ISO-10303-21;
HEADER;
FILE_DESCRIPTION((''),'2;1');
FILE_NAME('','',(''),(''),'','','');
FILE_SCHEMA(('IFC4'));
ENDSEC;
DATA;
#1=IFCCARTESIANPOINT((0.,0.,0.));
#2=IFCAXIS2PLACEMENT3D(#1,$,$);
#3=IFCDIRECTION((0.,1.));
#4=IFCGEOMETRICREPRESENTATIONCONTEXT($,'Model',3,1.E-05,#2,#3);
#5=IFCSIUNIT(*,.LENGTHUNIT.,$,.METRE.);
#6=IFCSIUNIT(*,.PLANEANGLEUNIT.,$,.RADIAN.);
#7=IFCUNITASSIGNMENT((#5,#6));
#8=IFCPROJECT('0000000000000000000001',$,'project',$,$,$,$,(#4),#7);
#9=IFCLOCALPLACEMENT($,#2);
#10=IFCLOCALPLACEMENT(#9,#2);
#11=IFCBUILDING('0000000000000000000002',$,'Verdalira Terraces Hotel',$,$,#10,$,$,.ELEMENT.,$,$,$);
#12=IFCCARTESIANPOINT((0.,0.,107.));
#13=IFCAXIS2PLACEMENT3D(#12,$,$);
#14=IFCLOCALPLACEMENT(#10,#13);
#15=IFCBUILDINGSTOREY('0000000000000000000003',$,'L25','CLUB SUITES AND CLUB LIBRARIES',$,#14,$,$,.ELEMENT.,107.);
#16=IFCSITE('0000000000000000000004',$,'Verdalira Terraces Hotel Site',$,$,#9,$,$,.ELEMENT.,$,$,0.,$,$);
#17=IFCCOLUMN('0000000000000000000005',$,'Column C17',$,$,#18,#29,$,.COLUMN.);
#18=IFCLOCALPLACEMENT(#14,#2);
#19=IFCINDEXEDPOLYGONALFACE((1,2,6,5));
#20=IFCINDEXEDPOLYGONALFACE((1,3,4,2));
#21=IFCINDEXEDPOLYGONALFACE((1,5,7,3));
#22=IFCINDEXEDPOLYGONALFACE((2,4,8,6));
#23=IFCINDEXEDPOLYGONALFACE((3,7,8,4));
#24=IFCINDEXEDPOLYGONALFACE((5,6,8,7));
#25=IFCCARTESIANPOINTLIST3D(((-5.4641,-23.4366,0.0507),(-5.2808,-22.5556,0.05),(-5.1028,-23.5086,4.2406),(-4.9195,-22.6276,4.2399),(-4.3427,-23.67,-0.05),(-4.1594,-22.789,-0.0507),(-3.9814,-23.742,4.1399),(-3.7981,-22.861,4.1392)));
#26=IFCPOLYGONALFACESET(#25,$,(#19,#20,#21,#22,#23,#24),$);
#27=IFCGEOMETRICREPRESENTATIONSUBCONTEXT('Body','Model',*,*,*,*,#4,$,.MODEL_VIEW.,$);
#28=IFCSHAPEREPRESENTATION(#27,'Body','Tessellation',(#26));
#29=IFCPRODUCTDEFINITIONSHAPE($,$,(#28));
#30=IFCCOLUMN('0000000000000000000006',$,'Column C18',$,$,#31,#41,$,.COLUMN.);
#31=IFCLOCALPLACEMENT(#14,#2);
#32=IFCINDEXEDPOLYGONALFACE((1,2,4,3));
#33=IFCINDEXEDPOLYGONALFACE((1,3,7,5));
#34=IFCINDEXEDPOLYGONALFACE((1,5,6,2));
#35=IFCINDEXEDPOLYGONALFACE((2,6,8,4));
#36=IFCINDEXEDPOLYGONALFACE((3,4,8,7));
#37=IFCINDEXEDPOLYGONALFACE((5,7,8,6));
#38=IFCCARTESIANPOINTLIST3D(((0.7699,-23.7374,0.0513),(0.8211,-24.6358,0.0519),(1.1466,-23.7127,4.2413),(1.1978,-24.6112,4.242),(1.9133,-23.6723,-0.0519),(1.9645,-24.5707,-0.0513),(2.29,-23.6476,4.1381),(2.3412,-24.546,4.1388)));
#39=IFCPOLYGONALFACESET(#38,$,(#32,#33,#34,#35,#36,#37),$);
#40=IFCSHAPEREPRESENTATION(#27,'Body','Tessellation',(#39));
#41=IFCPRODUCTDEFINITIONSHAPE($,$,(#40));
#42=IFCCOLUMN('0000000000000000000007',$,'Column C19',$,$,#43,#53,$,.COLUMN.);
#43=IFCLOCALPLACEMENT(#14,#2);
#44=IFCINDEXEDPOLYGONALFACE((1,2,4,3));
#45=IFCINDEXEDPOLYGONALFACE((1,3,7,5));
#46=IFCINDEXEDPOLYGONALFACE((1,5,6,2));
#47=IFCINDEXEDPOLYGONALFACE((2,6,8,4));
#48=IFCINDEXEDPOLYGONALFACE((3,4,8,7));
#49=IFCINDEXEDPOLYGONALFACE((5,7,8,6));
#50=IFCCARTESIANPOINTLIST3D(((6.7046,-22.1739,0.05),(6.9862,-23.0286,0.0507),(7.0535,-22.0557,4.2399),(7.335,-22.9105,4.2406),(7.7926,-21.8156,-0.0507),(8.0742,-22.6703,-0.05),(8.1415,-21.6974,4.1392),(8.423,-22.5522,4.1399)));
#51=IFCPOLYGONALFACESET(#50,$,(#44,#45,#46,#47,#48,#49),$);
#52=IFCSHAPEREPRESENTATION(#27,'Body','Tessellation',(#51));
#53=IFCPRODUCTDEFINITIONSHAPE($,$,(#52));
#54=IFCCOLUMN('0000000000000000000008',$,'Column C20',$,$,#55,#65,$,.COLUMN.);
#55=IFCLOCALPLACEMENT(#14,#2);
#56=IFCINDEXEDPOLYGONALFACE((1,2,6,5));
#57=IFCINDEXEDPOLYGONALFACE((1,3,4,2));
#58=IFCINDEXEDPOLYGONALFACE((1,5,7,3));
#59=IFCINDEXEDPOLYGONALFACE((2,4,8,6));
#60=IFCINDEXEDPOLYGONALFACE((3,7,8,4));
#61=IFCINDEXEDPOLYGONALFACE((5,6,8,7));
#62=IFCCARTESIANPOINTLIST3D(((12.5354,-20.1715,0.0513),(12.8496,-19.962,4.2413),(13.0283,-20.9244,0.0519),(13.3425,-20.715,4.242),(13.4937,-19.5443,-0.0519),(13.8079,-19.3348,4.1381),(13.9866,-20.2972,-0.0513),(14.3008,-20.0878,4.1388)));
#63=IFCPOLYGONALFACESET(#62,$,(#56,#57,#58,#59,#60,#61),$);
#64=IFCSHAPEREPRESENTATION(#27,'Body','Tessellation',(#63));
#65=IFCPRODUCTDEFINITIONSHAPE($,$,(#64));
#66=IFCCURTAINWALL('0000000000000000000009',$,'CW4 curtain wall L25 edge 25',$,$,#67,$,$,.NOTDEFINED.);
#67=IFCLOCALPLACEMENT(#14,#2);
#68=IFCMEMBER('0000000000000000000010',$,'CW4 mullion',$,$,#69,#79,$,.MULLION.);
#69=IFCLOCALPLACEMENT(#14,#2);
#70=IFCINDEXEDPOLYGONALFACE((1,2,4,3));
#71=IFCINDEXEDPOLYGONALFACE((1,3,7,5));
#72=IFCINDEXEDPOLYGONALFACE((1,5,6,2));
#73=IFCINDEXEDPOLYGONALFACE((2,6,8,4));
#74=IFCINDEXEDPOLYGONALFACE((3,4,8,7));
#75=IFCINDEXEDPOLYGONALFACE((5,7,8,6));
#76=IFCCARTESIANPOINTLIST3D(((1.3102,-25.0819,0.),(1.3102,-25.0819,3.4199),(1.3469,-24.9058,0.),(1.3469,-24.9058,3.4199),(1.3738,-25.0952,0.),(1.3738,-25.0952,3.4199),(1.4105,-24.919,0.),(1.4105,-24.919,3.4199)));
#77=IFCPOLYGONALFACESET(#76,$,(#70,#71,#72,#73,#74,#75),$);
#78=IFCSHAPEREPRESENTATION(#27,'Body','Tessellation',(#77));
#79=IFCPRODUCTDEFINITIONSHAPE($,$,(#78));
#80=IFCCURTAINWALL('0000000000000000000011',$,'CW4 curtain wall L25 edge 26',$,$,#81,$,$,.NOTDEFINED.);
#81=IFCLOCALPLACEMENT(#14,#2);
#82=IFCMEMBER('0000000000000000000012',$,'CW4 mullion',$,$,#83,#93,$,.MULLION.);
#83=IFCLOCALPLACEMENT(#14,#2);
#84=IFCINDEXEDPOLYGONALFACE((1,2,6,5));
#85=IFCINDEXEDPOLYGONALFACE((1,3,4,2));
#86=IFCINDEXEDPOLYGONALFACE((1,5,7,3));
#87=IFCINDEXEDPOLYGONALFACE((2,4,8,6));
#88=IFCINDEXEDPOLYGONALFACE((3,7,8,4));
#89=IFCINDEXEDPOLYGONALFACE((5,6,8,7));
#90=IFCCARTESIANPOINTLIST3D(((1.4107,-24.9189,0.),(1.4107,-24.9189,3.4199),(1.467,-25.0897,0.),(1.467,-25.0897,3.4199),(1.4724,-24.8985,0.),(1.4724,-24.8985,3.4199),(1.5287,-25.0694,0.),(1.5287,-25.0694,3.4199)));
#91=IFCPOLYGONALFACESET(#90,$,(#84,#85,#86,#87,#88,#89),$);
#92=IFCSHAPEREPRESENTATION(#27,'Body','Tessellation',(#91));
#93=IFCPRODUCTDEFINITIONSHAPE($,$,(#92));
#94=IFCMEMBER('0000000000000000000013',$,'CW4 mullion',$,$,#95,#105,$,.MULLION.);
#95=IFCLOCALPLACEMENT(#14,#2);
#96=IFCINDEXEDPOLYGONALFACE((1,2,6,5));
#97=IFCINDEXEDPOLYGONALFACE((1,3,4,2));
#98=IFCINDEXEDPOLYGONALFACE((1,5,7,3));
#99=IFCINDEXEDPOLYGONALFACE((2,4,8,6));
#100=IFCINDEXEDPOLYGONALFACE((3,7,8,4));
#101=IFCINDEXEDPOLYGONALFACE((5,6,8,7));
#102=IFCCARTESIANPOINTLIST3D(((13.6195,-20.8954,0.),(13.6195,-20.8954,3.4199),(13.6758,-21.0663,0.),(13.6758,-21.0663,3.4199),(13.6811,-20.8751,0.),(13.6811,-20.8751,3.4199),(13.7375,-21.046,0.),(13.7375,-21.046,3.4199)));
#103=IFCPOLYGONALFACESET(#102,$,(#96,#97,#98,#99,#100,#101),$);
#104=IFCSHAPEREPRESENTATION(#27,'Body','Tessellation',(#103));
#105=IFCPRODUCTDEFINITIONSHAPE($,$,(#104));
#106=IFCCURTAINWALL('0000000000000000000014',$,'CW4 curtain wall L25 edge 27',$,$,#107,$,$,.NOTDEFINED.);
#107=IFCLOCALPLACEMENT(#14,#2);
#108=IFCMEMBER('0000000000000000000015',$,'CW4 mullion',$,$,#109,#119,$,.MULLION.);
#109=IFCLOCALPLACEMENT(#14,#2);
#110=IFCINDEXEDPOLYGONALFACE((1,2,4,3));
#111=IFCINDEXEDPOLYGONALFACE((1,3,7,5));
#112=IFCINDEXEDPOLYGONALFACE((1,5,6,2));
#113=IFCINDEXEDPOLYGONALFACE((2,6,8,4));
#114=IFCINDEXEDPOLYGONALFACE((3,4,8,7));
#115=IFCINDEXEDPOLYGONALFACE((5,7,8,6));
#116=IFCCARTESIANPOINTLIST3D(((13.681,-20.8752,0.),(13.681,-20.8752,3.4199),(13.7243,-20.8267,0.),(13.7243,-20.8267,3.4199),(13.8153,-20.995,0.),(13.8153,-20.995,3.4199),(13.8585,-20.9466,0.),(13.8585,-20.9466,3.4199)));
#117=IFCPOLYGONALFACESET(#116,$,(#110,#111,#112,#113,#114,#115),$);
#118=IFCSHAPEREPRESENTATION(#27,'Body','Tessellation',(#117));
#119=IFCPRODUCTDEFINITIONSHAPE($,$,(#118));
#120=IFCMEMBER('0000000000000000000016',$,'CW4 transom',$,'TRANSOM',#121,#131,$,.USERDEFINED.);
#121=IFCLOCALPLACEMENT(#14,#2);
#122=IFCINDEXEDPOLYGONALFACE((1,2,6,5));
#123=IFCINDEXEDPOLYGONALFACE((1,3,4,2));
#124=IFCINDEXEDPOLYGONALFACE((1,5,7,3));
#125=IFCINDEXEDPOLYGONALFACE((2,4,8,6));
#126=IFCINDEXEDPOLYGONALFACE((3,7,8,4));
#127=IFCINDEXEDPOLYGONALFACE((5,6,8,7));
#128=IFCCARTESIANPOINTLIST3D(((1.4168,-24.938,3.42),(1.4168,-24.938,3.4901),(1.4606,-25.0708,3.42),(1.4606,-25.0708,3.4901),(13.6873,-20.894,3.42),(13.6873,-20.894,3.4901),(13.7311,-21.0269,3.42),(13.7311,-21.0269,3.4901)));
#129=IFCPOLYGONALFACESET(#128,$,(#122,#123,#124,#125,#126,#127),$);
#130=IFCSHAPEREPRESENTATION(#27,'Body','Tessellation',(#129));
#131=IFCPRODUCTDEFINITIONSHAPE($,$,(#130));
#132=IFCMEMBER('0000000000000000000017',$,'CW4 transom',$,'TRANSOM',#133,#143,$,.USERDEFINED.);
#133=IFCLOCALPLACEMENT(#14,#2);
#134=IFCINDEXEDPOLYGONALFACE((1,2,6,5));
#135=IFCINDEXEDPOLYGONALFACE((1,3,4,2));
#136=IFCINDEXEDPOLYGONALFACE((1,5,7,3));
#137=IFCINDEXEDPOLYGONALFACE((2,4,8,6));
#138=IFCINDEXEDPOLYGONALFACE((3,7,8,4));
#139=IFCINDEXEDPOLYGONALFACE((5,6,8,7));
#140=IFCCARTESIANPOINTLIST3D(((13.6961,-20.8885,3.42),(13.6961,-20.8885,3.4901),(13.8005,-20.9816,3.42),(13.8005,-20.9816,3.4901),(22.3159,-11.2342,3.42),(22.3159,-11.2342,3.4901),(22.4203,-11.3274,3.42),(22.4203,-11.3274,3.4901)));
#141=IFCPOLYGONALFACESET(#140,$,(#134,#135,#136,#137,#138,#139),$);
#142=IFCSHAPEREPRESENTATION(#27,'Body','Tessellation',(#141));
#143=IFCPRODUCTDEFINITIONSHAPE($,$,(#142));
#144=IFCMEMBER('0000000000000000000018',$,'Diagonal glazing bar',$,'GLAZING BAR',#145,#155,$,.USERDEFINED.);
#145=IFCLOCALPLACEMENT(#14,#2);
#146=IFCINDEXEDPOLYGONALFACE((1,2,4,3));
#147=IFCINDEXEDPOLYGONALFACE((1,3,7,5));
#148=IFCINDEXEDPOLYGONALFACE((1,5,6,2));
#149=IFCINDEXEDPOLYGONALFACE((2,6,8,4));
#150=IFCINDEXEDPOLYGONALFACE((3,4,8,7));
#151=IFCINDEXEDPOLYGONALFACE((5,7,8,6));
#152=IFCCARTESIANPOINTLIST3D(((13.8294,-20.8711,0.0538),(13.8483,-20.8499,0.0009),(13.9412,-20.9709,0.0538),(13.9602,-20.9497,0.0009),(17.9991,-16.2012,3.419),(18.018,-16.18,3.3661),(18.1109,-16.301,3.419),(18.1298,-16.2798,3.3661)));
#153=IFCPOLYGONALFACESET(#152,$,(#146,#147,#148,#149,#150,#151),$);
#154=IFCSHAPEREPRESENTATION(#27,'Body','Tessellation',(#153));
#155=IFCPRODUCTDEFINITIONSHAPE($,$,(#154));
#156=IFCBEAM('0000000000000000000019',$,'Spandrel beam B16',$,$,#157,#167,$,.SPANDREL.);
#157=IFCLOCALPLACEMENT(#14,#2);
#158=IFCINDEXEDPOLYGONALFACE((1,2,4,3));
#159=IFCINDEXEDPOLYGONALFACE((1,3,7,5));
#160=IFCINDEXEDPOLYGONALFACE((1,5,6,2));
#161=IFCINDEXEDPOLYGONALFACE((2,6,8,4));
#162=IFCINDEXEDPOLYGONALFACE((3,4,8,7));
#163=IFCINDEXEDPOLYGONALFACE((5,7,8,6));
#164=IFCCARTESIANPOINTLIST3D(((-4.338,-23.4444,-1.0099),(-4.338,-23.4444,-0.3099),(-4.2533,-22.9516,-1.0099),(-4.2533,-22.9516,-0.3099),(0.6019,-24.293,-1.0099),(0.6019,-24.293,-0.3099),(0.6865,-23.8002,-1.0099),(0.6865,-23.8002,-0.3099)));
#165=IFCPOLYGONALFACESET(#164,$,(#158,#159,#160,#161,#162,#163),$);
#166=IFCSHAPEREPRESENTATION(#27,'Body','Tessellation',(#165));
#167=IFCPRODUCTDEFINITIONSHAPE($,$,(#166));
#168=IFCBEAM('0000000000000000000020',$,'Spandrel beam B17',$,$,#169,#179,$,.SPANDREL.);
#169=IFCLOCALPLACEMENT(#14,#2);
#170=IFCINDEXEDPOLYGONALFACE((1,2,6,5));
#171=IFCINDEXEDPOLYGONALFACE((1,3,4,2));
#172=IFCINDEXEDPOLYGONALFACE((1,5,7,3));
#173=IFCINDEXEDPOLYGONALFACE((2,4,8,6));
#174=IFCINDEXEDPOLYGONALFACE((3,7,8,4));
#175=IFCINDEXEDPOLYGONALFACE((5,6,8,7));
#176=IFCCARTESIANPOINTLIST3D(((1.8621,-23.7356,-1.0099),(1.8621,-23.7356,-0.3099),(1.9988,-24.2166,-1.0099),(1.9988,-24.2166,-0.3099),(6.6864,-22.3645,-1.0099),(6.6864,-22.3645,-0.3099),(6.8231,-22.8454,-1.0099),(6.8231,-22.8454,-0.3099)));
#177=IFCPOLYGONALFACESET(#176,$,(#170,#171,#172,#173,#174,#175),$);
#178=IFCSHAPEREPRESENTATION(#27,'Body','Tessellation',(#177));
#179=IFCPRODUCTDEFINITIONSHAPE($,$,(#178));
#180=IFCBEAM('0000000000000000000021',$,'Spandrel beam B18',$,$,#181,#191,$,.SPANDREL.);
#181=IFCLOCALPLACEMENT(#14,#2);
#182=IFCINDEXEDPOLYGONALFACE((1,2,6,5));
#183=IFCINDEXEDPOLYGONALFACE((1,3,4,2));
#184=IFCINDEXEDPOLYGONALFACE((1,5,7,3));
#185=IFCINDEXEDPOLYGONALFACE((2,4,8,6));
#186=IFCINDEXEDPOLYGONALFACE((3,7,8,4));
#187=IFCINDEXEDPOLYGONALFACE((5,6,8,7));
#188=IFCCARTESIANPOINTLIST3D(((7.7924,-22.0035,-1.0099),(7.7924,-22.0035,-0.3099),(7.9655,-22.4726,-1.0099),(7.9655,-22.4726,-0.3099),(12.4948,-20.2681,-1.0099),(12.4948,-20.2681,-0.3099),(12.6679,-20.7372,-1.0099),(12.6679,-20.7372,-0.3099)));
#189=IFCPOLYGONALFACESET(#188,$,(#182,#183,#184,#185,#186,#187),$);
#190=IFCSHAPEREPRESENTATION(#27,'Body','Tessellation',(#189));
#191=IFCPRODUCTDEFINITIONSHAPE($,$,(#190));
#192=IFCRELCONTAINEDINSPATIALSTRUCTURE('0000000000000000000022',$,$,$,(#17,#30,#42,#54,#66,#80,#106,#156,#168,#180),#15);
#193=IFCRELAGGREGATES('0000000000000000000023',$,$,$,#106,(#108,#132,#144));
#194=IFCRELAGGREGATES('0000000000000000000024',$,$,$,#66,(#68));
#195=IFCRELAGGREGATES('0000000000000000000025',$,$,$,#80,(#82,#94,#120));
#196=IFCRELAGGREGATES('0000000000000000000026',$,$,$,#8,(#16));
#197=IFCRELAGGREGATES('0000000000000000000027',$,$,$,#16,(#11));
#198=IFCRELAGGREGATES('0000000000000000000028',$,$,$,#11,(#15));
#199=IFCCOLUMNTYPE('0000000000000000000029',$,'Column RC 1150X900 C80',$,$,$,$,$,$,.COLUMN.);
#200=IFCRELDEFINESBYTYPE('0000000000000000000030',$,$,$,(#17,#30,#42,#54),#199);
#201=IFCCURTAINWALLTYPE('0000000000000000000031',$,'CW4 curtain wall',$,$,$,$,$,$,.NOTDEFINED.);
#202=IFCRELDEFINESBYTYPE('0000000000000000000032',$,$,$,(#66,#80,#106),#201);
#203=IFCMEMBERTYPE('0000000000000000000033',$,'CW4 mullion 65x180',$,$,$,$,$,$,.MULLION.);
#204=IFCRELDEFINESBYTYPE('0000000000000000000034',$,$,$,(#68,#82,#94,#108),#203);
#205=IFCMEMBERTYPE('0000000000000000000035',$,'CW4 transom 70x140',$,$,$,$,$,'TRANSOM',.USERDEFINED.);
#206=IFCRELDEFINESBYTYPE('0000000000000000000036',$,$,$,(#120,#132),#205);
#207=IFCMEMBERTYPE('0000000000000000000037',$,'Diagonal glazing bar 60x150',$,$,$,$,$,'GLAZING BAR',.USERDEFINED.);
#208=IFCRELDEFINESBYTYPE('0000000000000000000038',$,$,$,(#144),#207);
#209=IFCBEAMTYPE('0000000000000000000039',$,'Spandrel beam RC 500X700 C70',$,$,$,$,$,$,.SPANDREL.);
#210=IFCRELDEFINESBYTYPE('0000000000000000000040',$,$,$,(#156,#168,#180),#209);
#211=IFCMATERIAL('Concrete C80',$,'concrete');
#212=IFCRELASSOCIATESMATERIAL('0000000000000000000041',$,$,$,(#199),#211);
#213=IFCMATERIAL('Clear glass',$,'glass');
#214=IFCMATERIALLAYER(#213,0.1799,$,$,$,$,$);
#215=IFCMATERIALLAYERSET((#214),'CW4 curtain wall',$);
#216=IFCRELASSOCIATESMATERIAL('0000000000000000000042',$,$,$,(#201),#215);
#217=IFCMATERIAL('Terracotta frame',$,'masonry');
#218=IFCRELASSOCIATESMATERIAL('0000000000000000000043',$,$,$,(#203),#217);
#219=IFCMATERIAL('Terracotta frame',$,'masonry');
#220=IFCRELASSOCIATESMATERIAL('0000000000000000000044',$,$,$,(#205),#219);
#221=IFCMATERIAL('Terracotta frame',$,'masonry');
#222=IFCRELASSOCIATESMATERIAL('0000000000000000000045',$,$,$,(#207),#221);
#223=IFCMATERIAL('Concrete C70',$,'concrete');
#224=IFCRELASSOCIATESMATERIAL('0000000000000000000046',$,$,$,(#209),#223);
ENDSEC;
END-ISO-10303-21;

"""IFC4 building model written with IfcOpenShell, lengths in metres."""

from ifc_helpers import new_model, si_unit, direction, frame, origin, origin_2d, place, context, subcontext, project, spatial, rectangle, extrude, material, layer, layer_set, material_profile, profile_set, type_object, element, aggregate, save


model = new_model("IFC4")

# Units and contexts
model_context = context("Model", 3, precision=1e-05, world=origin(), true_north=direction((0.0, 1.0)))
body_context = subcontext(model_context, "Body", "Model", "MODEL_VIEW")
ifc_project = project(units=[si_unit("LENGTHUNIT", "METRE"), si_unit("PLANEANGLEUNIT", "RADIAN")], contexts=[model_context])

# Site, building, storey
site_placement = place(None, origin())
site = spatial("IfcSite", under=ifc_project, at=site_placement, Name="Verdalira Terraces Hotel Site", CompositionType="ELEMENT", RefElevation=0.0)
building_placement = place(site_placement, origin())
building = spatial("IfcBuilding", under=site, at=building_placement, Name="Verdalira Terraces Hotel", CompositionType="ELEMENT")
storey_placement = place(building_placement, frame((0.0, 0.0, 107.0)))
storey = spatial("IfcBuildingStorey", under=building, at=storey_placement, Name="L25", Description="CLUB SUITES AND CLUB LIBRARIES", CompositionType="ELEMENT", Elevation=107.0)

# Columns
ifc_material_1 = material(Name="Concrete C80", Category="concrete")
ifc_material_profile_1 = material_profile(ifc_material_1, rectangle(XDim=1.1499, YDim=0.8999, at=origin_2d()), Name="RC 1150X900")
ifc_profile_set_1 = profile_set([ifc_material_profile_1], Name="Concrete C80")
column_type = type_object("IfcColumnType", Name="Column RC 1150X900 C80", PredefinedType="COLUMN", material=ifc_profile_set_1)
column_1_placement = place(storey_placement, frame((-4.8118, -23.1128, 0.0), z_axis=(0.085906, -0.017123, 0.996156), x_axis=(0.97526, -0.202969, -0.087592)))
element("IfcColumn", 1, at=column_1_placement, inside=storey, type_object=column_type, Name="Column C17", PredefinedType="COLUMN", context=body_context, shape_type="SweptSolid", body=[
    extrude(rectangle(XDim=1.1499, YDim=0.8999, at=origin_2d()), origin(), (0.0, 0.0, 1.0), 4.2061),
])
column_2_placement = place(storey_placement, frame((1.3672, -24.1541, 0.0), z_axis=(0.089545, 0.005861, 0.995966), x_axis=(-0.994353, -0.056659, 0.089734)))
element("IfcColumn", 2, at=column_2_placement, inside=storey, type_object=column_type, Name="Column C18", PredefinedType="COLUMN", context=body_context, shape_type="SweptSolid", body=[
    extrude(rectangle(XDim=1.1499, YDim=0.8999, at=origin_2d()), origin(), (0.0, 0.0, 1.0), 4.207),
])
column_3_placement = place(storey_placement, frame((7.3894, -22.4221, 0.0), z_axis=(0.082945, 0.028093, 0.996158), x_axis=(0.946174, 0.311588, -0.087571)))
element("IfcColumn", 3, at=column_3_placement, inside=storey, type_object=column_type, Name="Column C19", PredefinedType="COLUMN", context=body_context, shape_type="SweptSolid", body=[
    extrude(rectangle(XDim=1.1499, YDim=0.8999, at=origin_2d()), origin(), (0.0, 0.0, 1.0), 4.2061),
])
column_4_placement = place(storey_placement, frame((13.261, -20.2344, 0.0), z_axis=(0.074689, 0.049792, 0.995963), x_axis=(-0.833327, -0.545443, 0.089761)))
element("IfcColumn", 4, at=column_4_placement, inside=storey, type_object=column_type, Name="Column C20", PredefinedType="COLUMN", context=body_context, shape_type="SweptSolid", body=[
    extrude(rectangle(XDim=1.1499, YDim=0.8999, at=origin_2d()), origin(), (0.0, 0.0, 1.0), 4.207),
])

# Curtain wall, member
ifc_material_2 = material(Name="Clear glass", Category="glass")
ifc_layer_1 = layer(ifc_material_2, 0.1799)
ifc_layer_set_1 = layer_set([ifc_layer_1], Name="CW4 curtain wall")
curtain_wall_type = type_object("IfcCurtainWallType", Name="CW4 curtain wall", PredefinedType="NOTDEFINED", material=ifc_layer_set_1)
curtain_wall_1_placement = place(storey_placement, origin())
curtain_wall_1 = element("IfcCurtainWall", 5, at=curtain_wall_1_placement, inside=storey, type_object=curtain_wall_type, Name="CW4 curtain wall L25 edge 25", PredefinedType="NOTDEFINED")
ifc_material_3 = material(Name="Terracotta frame", Category="masonry")
ifc_material_profile_2 = material_profile(ifc_material_3, rectangle(XDim=0.0649, YDim=0.1799, at=origin_2d()), Name="MU 65x180")
ifc_profile_set_2 = profile_set([ifc_material_profile_2], Name="Terracotta frame")
member_type_1 = type_object("IfcMemberType", Name="CW4 mullion 65x180", PredefinedType="MULLION", material=ifc_profile_set_2)
member_1_placement = place(storey_placement, frame((1.3604, -25.0005, 0.0), z_axis=(0.0, 0.0, 1.0), x_axis=(0.97901, -0.203813, 0.0)))
member_1 = element("IfcMember", 6, at=member_1_placement, type_object=member_type_1, Name="CW4 mullion", PredefinedType="MULLION", context=body_context, shape_type="SweptSolid", body=[
    extrude(rectangle(XDim=0.0649, YDim=0.1799, at=origin_2d()), origin(), (0.0, 0.0, 1.0), 3.4199),
])

# Curtain wall, members
curtain_wall_2_placement = place(storey_placement, origin())
curtain_wall_2 = element("IfcCurtainWall", 7, at=curtain_wall_2_placement, inside=storey, type_object=curtain_wall_type, Name="CW4 curtain wall L25 edge 26", PredefinedType="NOTDEFINED")
member_2_placement = place(storey_placement, frame((1.4697, -24.9941, 0.0), z_axis=(0.0, 0.0, 1.0), x_axis=(0.949754, 0.312998, 0.0)))
member_2 = element("IfcMember", 8, at=member_2_placement, type_object=member_type_1, Name="CW4 mullion", PredefinedType="MULLION", context=body_context, shape_type="SweptSolid", body=[
    extrude(rectangle(XDim=0.0649, YDim=0.1799, at=origin_2d()), origin(), (0.0, 0.0, 1.0), 3.4199),
])
member_3_placement = place(storey_placement, frame((13.6785, -20.9707, 0.0), z_axis=(0.0, 0.0, 1.0), x_axis=(0.949754, 0.312998, 0.0)))
member_3 = element("IfcMember", 9, at=member_3_placement, type_object=member_type_1, Name="CW4 mullion", PredefinedType="MULLION", context=body_context, shape_type="SweptSolid", body=[
    extrude(rectangle(XDim=0.0649, YDim=0.1799, at=origin_2d()), origin(), (0.0, 0.0, 1.0), 3.4199),
])

# Curtain wall, member
curtain_wall_3_placement = place(storey_placement, origin())
curtain_wall_3 = element("IfcCurtainWall", 10, at=curtain_wall_3_placement, inside=storey, type_object=curtain_wall_type, Name="CW4 curtain wall L25 edge 27", PredefinedType="NOTDEFINED")
member_4_placement = place(storey_placement, frame((13.7698, -20.9109, 0.0), z_axis=(0.0, 0.0, 1.0), x_axis=(0.666012, 0.745941, 0.0)))
member_4 = element("IfcMember", 11, at=member_4_placement, type_object=member_type_1, Name="CW4 mullion", PredefinedType="MULLION", context=body_context, shape_type="SweptSolid", body=[
    extrude(rectangle(XDim=0.0649, YDim=0.1799, at=origin_2d()), origin(), (0.0, 0.0, 1.0), 3.4199),
])

# Members
ifc_material_4 = material(Name="Terracotta frame", Category="masonry")
ifc_material_profile_3 = material_profile(ifc_material_4, rectangle(XDim=0.1399, YDim=0.0701, at=origin_2d()), Name="TR 70x140")
ifc_profile_set_3 = profile_set([ifc_material_profile_3], Name="Terracotta frame")
member_type_2 = type_object("IfcMemberType", Name="CW4 transom 70x140", ElementType="TRANSOM", PredefinedType="USERDEFINED", material=ifc_profile_set_3)
member_5_placement = place(storey_placement, frame((1.4387, -25.0044, 3.4551), z_axis=(0.949751, 0.313006, 0.0), x_axis=(-0.313006, 0.949751, 0.0)))
member_5 = element("IfcMember", 12, at=member_5_placement, type_object=member_type_2, Name="CW4 transom", ObjectType="TRANSOM", PredefinedType="USERDEFINED", context=body_context, shape_type="SweptSolid", body=[
    extrude(rectangle(XDim=0.1399, YDim=0.0701, at=origin_2d()), origin(), (0.0, 0.0, 1.0), 12.9197),
])
member_6_placement = place(storey_placement, frame((13.7483, -20.9351, 3.4551), z_axis=(0.666014, 0.745939, 0.0), x_axis=(-0.745939, 0.666014, 0.0)))
member_6 = element("IfcMember", 13, at=member_6_placement, type_object=member_type_2, Name="CW4 transom", ObjectType="TRANSOM", PredefinedType="USERDEFINED", context=body_context, shape_type="SweptSolid", body=[
    extrude(rectangle(XDim=0.1399, YDim=0.0701, at=origin_2d()), origin(), (0.0, 0.0, 1.0), 12.9424),
])
ifc_material_5 = material(Name="Terracotta frame", Category="masonry")
ifc_material_profile_4 = material_profile(ifc_material_5, rectangle(XDim=0.1499, YDim=0.0601, at=origin_2d()), Name="GB 60x150")
ifc_profile_set_4 = profile_set([ifc_material_profile_4], Name="Terracotta frame")
member_type_3 = type_object("IfcMemberType", Name="Diagonal glazing bar 60x150", ElementType="GLAZING BAR", PredefinedType="USERDEFINED", material=ifc_profile_set_4)
member_7_placement = place(storey_placement, frame((13.8948, -20.9104, 0.0273), z_axis=(0.586644, 0.657024, 0.473464), x_axis=(-0.745929, 0.666025, 0.0)))
member_7 = element("IfcMember", 14, at=member_7_placement, type_object=member_type_3, Name="Diagonal glazing bar", ObjectType="GLAZING BAR", PredefinedType="USERDEFINED", context=body_context, shape_type="SweptSolid", body=[
    extrude(rectangle(XDim=0.1499, YDim=0.0601, at=origin_2d()), origin(), (0.0, 0.0, 1.0), 7.1077),
])
aggregate(curtain_wall_3, [member_4, member_6, member_7])

# Beams
ifc_material_6 = material(Name="Concrete C70", Category="concrete")
ifc_material_profile_5 = material_profile(ifc_material_6, rectangle(XDim=0.5, YDim=0.7, at=origin_2d()), Name="RC 500X700")
ifc_profile_set_5 = profile_set([ifc_material_profile_5], Name="Concrete C70")
beam_type = type_object("IfcBeamType", Name="Spandrel beam RC 500X700 C70", PredefinedType="SPANDREL", material=ifc_profile_set_5)
beam_1_placement = place(storey_placement, frame((-4.2957, -23.198, -0.6599), z_axis=(0.985563, -0.16931, 0.0), x_axis=(0.16931, 0.985563, 0.0)))
element("IfcBeam", 15, at=beam_1_placement, inside=storey, type_object=beam_type, Name="Spandrel beam B16", PredefinedType="SPANDREL", context=body_context, shape_type="SweptSolid", body=[
    extrude(rectangle(XDim=0.5, YDim=0.7, at=origin_2d()), origin(), (0.0, 0.0, 1.0), 5.0122),
])
beam_2_placement = place(storey_placement, frame((1.9304, -23.9761, -0.6599), z_axis=(0.961905, 0.273384, 0.0), x_axis=(-0.273384, 0.961905, 0.0)))
element("IfcBeam", 16, at=beam_2_placement, inside=storey, type_object=beam_type, Name="Spandrel beam B17", PredefinedType="SPANDREL", context=body_context, shape_type="SweptSolid", body=[
    extrude(rectangle(XDim=0.5, YDim=0.7, at=origin_2d()), origin(), (0.0, 0.0, 1.0), 5.0154),
])
beam_3_placement = place(storey_placement, frame((7.8789, -22.238, -0.6599), z_axis=(0.938156, 0.346213, 0.0), x_axis=(-0.346213, 0.938156, 0.0)))
element("IfcBeam", 17, at=beam_3_placement, inside=storey, type_object=beam_type, Name="Spandrel beam B18", PredefinedType="SPANDREL", context=body_context, shape_type="SweptSolid", body=[
    extrude(rectangle(XDim=0.5, YDim=0.7, at=origin_2d()), origin(), (0.0, 0.0, 1.0), 5.0125),
])

aggregate(curtain_wall_1, [member_1])
aggregate(curtain_wall_2, [member_2, member_3, member_5])

save(model, "model.ifc")
